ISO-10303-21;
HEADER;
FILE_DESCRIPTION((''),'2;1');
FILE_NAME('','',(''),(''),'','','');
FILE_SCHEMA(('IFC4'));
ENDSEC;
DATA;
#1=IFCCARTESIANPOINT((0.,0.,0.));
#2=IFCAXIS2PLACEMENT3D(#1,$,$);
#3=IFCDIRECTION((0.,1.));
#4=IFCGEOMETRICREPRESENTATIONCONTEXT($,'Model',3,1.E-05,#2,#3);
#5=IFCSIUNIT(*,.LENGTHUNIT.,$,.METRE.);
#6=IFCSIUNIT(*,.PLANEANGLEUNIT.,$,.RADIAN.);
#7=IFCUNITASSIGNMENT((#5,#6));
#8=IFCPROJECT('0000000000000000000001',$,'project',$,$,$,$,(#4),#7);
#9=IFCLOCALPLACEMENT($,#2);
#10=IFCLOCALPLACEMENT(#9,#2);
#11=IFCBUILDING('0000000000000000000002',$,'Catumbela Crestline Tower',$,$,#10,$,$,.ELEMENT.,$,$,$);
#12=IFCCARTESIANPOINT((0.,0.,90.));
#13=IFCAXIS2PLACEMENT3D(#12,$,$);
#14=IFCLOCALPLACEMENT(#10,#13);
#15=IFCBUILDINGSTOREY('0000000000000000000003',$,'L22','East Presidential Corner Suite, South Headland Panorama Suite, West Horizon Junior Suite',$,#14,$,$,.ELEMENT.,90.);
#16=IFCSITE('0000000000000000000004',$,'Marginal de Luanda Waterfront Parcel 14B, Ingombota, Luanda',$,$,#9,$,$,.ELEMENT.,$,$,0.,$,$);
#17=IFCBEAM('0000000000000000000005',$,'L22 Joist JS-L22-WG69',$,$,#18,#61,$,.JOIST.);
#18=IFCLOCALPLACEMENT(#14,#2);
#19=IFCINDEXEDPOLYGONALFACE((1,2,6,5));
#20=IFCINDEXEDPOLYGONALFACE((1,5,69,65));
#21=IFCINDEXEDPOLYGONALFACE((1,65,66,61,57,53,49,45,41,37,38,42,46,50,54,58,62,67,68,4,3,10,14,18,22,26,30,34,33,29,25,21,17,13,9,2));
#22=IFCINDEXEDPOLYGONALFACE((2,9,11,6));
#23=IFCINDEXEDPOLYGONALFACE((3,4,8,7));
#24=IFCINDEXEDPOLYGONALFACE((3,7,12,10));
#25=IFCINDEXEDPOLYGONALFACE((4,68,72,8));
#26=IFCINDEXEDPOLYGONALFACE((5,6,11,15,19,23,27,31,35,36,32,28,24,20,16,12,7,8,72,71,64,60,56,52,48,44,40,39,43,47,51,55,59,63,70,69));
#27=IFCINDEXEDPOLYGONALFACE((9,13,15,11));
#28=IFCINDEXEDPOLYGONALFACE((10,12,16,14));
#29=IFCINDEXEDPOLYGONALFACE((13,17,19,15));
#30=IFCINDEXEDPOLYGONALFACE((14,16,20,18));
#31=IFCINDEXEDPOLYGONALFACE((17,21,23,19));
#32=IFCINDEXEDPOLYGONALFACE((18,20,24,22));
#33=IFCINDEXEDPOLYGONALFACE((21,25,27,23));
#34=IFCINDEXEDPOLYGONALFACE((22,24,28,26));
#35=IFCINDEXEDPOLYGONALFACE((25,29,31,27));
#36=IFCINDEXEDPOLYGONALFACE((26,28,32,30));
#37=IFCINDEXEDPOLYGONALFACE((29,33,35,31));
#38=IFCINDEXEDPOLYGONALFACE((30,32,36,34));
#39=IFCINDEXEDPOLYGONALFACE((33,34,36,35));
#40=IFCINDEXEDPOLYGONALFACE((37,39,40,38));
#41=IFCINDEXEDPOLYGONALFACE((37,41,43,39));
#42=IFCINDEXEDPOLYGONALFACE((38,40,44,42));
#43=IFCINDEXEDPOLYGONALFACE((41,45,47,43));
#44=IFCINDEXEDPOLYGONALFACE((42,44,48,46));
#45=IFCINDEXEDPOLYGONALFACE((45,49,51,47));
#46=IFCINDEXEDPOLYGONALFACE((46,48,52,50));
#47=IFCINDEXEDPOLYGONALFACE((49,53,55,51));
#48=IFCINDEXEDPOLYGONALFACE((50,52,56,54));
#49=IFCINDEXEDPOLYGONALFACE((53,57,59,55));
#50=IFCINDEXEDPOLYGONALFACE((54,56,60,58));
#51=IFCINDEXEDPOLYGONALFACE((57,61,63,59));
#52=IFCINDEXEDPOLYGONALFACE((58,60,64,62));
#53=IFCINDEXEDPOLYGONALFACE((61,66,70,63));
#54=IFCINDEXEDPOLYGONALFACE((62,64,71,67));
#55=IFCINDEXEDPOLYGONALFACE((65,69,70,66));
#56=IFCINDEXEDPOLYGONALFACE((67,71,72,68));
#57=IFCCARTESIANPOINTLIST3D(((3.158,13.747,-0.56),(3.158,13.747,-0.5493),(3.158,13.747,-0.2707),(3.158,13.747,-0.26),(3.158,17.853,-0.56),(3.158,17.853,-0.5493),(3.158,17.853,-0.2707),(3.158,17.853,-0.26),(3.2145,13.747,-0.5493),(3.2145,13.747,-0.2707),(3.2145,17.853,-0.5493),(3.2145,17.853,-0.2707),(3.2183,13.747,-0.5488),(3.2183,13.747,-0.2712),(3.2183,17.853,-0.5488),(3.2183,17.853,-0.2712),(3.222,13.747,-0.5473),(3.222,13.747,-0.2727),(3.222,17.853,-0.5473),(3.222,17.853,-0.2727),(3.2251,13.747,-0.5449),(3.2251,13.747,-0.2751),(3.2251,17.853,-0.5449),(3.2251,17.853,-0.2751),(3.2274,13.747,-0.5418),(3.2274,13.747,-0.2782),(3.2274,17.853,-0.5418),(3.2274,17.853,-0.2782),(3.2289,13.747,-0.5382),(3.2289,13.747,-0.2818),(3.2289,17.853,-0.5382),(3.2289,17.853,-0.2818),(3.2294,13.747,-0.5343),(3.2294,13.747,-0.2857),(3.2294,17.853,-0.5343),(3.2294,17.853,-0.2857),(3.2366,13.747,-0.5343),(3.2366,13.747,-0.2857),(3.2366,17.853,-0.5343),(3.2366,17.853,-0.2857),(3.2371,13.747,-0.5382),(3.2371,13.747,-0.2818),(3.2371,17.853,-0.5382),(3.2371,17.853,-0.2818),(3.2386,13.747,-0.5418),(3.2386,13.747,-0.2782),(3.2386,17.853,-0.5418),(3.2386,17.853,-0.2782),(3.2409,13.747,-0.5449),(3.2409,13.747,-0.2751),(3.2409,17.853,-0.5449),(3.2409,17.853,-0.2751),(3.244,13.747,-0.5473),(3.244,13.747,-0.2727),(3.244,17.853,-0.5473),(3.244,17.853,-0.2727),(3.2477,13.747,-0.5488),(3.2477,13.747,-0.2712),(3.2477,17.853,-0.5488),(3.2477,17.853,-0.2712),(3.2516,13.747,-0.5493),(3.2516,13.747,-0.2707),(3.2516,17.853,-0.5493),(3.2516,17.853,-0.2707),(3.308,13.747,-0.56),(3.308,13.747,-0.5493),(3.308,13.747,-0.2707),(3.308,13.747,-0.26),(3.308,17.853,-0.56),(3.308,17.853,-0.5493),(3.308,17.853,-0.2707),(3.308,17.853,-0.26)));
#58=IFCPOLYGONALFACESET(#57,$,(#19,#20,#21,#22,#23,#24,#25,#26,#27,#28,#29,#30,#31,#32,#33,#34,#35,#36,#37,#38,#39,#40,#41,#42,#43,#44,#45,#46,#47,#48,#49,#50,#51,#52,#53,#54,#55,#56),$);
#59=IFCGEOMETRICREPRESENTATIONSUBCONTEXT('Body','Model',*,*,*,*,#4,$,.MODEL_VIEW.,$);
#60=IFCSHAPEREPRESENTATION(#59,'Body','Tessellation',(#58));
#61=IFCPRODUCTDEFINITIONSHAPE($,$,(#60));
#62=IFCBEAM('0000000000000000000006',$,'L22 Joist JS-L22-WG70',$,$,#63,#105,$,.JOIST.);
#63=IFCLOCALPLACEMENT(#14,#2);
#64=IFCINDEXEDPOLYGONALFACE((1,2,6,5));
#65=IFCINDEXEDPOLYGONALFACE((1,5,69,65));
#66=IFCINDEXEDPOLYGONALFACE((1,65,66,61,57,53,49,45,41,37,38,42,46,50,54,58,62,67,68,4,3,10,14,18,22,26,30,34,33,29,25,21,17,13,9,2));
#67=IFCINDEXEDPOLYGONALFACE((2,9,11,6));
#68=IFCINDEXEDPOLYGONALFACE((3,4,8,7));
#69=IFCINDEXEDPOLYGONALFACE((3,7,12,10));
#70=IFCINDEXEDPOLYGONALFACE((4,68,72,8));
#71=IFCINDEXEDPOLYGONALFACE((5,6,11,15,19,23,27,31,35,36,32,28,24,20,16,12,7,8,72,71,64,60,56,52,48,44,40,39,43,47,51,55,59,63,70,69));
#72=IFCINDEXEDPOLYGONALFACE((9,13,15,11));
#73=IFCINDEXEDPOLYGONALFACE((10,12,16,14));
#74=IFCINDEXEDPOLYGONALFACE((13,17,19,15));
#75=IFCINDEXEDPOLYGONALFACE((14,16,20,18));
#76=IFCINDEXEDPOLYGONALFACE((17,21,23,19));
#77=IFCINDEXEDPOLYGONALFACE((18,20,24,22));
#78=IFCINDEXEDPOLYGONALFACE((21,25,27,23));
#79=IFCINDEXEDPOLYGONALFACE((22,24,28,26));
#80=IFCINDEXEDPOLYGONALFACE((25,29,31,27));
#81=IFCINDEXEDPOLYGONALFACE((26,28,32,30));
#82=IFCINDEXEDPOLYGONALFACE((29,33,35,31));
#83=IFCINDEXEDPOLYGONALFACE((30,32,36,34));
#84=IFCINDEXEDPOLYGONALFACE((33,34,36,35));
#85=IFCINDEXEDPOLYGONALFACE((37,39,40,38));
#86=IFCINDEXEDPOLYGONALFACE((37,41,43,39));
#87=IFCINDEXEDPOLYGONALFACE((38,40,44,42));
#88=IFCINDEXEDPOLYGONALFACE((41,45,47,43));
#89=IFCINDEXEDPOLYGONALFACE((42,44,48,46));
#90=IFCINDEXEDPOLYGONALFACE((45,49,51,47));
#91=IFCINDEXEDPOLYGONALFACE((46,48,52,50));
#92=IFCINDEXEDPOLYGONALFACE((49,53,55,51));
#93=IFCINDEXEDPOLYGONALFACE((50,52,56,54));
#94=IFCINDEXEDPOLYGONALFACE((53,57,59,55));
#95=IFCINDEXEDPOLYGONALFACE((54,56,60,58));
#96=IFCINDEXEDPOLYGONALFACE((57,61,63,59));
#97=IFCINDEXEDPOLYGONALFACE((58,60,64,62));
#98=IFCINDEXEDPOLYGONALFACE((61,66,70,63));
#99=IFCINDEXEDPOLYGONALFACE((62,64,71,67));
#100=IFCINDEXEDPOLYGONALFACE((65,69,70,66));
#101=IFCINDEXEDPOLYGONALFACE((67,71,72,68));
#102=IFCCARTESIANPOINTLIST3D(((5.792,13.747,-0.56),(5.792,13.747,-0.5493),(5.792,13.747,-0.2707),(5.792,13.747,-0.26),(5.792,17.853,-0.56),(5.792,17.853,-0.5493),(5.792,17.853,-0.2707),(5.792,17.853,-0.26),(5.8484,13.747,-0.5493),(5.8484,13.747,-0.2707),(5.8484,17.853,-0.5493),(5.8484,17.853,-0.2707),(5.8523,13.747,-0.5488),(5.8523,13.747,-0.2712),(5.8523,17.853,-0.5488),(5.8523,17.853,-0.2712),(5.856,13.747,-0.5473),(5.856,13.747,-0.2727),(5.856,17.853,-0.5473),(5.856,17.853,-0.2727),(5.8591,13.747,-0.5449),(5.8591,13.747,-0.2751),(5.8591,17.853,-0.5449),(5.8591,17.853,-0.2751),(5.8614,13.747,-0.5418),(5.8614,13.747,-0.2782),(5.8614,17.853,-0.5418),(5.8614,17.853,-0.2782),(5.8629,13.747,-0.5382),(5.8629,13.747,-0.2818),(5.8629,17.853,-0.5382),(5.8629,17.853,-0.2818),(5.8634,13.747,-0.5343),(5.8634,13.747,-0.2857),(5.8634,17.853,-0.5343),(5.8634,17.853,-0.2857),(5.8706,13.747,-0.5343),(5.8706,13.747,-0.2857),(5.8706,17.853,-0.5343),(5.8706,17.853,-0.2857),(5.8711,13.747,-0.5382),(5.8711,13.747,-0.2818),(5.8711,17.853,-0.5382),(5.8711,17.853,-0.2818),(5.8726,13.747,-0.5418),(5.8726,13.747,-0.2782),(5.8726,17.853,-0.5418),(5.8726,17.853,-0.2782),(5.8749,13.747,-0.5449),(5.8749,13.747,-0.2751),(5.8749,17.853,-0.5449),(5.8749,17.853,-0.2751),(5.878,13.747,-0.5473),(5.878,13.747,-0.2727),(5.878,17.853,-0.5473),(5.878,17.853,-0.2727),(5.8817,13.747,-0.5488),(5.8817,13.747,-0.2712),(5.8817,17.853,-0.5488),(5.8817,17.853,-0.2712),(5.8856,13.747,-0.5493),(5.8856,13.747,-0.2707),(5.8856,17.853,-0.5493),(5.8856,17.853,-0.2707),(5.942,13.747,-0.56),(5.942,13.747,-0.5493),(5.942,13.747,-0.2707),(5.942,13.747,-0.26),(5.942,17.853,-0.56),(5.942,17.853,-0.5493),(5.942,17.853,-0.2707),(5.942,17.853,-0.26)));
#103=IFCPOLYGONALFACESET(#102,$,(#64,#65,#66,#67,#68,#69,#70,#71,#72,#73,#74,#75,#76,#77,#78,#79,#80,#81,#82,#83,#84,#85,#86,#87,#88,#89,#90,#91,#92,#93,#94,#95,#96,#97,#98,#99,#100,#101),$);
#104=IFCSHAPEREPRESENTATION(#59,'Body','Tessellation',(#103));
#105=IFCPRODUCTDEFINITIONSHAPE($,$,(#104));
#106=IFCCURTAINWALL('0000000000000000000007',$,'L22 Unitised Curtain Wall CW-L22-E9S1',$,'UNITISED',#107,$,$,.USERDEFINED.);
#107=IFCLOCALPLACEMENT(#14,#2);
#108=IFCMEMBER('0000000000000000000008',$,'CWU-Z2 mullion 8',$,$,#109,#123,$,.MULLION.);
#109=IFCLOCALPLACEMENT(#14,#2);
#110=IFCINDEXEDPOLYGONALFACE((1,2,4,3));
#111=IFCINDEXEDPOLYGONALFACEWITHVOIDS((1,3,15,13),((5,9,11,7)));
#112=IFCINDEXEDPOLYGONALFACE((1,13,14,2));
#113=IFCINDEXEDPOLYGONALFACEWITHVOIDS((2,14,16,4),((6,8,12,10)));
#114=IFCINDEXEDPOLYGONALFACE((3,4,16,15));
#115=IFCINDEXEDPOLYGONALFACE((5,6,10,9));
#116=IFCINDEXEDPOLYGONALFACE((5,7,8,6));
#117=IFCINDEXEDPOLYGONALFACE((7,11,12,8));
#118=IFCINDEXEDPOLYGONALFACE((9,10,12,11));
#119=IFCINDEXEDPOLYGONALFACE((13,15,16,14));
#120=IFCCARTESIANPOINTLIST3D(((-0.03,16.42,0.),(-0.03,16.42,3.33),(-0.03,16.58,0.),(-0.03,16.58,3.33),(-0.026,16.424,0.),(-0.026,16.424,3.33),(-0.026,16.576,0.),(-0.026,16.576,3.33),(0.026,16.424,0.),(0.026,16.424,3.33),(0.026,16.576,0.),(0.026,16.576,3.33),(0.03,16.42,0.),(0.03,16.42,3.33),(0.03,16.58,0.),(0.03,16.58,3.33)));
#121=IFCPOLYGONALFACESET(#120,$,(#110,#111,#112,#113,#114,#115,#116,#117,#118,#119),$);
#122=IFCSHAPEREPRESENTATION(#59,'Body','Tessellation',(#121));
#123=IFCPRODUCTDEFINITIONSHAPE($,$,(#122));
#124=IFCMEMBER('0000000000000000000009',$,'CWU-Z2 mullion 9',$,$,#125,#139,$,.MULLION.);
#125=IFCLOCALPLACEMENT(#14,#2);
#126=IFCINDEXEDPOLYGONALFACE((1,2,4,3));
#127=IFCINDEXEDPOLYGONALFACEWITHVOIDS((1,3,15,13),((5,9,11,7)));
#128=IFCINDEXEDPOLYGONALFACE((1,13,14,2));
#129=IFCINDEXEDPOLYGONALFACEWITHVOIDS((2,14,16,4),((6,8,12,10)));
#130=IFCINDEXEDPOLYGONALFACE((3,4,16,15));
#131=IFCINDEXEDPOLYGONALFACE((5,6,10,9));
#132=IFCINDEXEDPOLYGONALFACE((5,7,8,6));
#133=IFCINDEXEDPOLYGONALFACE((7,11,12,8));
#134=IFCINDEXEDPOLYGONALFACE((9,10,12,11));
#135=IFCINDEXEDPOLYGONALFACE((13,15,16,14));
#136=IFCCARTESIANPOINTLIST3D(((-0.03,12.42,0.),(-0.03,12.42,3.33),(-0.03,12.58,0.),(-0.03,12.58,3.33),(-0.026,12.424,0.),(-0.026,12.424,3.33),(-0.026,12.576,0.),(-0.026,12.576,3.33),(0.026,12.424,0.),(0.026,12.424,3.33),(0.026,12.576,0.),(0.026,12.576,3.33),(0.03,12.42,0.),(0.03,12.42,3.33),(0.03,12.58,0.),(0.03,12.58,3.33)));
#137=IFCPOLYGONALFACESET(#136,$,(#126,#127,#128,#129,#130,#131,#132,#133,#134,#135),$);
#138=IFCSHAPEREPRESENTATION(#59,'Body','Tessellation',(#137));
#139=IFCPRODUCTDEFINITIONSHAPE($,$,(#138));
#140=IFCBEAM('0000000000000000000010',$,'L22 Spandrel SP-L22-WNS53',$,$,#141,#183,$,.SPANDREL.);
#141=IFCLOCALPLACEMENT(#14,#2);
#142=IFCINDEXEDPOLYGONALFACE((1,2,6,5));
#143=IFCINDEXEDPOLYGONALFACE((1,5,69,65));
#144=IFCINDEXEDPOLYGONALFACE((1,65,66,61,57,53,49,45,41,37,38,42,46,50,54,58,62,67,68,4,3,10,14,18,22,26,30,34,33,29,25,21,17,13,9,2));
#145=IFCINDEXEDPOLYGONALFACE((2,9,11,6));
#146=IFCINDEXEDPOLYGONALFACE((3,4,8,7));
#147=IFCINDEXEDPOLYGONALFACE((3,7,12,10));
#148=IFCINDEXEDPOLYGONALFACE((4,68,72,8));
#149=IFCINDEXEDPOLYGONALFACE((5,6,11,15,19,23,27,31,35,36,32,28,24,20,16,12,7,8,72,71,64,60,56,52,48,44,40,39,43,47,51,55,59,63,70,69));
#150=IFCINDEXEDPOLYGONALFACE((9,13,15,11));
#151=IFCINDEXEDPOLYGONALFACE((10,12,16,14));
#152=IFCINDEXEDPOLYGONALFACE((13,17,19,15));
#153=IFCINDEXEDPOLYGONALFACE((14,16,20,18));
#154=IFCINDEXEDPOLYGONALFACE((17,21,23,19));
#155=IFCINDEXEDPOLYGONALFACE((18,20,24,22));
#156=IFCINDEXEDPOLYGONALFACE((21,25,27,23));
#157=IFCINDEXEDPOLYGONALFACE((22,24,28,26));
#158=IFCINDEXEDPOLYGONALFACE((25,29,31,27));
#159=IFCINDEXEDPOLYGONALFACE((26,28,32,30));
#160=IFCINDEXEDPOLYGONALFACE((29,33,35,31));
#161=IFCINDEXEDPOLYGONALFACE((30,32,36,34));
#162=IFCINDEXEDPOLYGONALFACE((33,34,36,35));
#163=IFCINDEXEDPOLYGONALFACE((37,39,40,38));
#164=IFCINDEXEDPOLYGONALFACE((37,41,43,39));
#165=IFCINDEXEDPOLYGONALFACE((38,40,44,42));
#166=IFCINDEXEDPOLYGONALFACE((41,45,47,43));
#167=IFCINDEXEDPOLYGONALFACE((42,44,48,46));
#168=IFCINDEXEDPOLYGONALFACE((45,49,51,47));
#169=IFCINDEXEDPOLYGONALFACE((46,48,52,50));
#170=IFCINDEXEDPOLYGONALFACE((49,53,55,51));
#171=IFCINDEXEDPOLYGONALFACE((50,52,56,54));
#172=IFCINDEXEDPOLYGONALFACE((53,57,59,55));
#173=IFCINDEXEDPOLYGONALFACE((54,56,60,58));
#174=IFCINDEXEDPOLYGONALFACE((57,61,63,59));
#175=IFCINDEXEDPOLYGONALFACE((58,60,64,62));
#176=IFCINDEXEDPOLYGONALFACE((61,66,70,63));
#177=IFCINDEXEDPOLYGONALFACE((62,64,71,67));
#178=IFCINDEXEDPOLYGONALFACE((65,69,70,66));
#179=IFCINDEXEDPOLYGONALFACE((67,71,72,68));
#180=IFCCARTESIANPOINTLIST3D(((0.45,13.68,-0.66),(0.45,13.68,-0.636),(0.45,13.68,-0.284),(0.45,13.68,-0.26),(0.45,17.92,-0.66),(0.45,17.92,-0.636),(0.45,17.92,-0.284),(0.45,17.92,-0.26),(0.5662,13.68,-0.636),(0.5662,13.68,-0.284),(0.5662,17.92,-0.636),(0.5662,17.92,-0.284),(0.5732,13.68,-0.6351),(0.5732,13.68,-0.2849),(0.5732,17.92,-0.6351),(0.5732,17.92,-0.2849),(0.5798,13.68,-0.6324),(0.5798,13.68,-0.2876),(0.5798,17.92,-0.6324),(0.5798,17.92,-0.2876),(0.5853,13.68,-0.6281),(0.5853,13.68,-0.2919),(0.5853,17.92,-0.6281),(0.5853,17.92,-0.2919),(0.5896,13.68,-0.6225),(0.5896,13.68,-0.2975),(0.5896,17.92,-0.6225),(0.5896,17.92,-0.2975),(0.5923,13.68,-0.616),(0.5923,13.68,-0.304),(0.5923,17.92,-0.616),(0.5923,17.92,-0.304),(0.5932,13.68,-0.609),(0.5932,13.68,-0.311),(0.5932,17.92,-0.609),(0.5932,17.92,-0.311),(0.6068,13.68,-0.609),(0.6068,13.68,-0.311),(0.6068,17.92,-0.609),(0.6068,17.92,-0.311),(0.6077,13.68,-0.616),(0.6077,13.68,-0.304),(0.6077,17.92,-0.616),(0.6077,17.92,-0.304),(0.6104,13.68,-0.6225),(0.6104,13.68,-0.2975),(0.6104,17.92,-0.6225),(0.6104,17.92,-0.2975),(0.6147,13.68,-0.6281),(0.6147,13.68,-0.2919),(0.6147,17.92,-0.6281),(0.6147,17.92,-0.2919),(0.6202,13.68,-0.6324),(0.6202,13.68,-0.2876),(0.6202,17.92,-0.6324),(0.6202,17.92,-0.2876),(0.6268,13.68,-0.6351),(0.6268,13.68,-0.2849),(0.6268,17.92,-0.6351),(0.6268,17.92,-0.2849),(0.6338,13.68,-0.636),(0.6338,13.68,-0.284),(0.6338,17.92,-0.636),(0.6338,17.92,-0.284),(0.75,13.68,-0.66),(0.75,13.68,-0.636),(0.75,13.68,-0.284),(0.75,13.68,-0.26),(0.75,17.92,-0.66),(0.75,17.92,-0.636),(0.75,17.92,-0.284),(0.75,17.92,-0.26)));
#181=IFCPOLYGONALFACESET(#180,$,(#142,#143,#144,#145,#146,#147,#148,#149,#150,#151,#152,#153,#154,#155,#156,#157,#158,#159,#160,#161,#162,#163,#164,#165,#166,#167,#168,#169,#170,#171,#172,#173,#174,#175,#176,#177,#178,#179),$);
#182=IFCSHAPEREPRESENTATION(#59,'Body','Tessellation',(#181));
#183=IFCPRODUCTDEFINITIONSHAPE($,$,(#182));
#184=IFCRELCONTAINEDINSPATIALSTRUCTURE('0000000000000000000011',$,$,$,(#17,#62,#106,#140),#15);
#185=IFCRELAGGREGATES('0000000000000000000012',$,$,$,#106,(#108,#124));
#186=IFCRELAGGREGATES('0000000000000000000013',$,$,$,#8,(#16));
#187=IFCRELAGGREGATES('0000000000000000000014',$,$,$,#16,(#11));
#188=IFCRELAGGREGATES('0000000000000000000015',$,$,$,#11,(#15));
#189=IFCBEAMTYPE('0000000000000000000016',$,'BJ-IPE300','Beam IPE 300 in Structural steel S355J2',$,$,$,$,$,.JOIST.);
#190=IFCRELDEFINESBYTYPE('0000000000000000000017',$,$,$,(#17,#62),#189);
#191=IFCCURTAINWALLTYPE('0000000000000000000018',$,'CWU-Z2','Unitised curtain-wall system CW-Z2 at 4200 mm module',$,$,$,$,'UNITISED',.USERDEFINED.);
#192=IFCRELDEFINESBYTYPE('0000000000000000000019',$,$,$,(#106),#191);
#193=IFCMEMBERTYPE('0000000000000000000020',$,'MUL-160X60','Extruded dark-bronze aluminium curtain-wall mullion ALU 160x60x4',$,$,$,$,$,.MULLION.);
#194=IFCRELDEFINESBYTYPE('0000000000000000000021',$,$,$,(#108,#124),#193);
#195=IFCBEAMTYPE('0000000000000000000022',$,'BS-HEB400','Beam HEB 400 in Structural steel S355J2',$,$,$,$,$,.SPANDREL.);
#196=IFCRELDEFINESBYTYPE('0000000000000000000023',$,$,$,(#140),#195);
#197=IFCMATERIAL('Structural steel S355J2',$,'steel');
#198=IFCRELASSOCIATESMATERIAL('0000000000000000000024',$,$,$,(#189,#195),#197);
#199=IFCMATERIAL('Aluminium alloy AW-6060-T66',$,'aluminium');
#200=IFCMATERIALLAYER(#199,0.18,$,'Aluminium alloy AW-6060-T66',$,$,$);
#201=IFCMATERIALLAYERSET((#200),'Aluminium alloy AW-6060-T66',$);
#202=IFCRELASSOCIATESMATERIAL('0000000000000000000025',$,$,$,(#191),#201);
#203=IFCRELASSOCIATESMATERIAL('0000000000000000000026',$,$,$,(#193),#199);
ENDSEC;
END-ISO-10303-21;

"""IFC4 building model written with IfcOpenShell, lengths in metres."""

from ifc_helpers import new_model, si_unit, direction, frame, origin, origin_2d, place, context, subcontext, project, spatial, hollow_rectangle, i_section, extrude, material, layer, layer_set, material_profile, profile_set, type_object, element, aggregate, save


model = new_model("IFC4")

# Units and contexts
model_context = context("Model", 3, precision=1e-05, world=origin(), true_north=direction((0.0, 1.0)))
body_context = subcontext(model_context, "Body", "Model", "MODEL_VIEW")
ifc_project = project(units=[si_unit("LENGTHUNIT", "METRE"), si_unit("PLANEANGLEUNIT", "RADIAN")], contexts=[model_context])

# Site, building, storey
site_placement = place(None, origin())
site = spatial("IfcSite", under=ifc_project, at=site_placement, Name="Marginal de Luanda Waterfront Parcel 14B, Ingombota, Luanda", CompositionType="ELEMENT", RefElevation=0.0)
building_placement = place(site_placement, origin())
building = spatial("IfcBuilding", under=site, at=building_placement, Name="Catumbela Crestline Tower", CompositionType="ELEMENT")
storey_placement = place(building_placement, frame((0.0, 0.0, 90.0)))
storey = spatial("IfcBuildingStorey", under=building, at=storey_placement, Name="L22", Description="East Presidential Corner Suite, South Headland Panorama Suite, West Horizon Junior Suite", CompositionType="ELEMENT", Elevation=90.0)

# Beams
ifc_material_1 = material(Name="Structural steel S355J2", Category="steel")
ifc_material_profile_1 = material_profile(ifc_material_1, i_section(OverallWidth=0.15, OverallDepth=0.3, WebThickness=0.0071, FlangeThickness=0.0107, FilletRadius=0.015, at=origin_2d()), Name="IPE 300")
ifc_profile_set_1 = profile_set([ifc_material_profile_1], Name="Structural steel S355J2")
beam_type_1 = type_object("IfcBeamType", Name="BJ-IPE300", Description="Beam IPE 300 in Structural steel S355J2", PredefinedType="JOIST", material=ifc_profile_set_1)
for number, where, z_axis, x_axis, name in (
    (1, (3.233, 13.747, -0.41), (0.0, 1.0, 0.0), (-1.0, 0.0, 0.0), "L22 Joist JS-L22-WG69"),
    (2, (5.867, 13.747, -0.41), (0.0, 1.0, 0.0), (-1.0, 0.0, 0.0), "L22 Joist JS-L22-WG70"),
):
    element("IfcBeam", number, at=place(storey_placement, frame(where, z_axis=z_axis, x_axis=x_axis)), inside=storey, type_object=beam_type_1, Name=name, PredefinedType="JOIST", context=body_context, shape_type="SweptSolid", body=[
        extrude(i_section(OverallWidth=0.15, OverallDepth=0.3, WebThickness=0.0071, FlangeThickness=0.0107, FilletRadius=0.015, at=origin_2d()), origin(), (0.0, 0.0, 1.0), 4.106),
    ])

# Curtain wall, members
ifc_material_2 = material(Name="Aluminium alloy AW-6060-T66", Category="aluminium")
ifc_layer_1 = layer(ifc_material_2, 0.18, Name="Aluminium alloy AW-6060-T66")
ifc_layer_set_1 = layer_set([ifc_layer_1], Name="Aluminium alloy AW-6060-T66")
curtain_wall_type = type_object("IfcCurtainWallType", Name="CWU-Z2", Description="Unitised curtain-wall system CW-Z2 at 4200 mm module", ElementType="UNITISED", PredefinedType="USERDEFINED", material=ifc_layer_set_1)
curtain_wall_placement = place(storey_placement, origin())
curtain_wall = element("IfcCurtainWall", 3, at=curtain_wall_placement, inside=storey, type_object=curtain_wall_type, Name="L22 Unitised Curtain Wall CW-L22-E9S1", ObjectType="UNITISED", PredefinedType="USERDEFINED")
ifc_material_profile_2 = material_profile(ifc_material_2, hollow_rectangle(XDim=0.06, YDim=0.16, WallThickness=0.004, at=origin_2d()), Name="ALU 160x60x4")
ifc_profile_set_2 = profile_set([ifc_material_profile_2], Name="Aluminium alloy AW-6060-T66")
member_type_1 = type_object("IfcMemberType", Name="MUL-160X60", Description="Extruded dark-bronze aluminium curtain-wall mullion ALU 160x60x4", PredefinedType="MULLION", material=ifc_profile_set_2)
member_1_placement = place(storey_placement, frame((0.0, 16.5, 0.0), z_axis=(0.0, 0.0, 1.0), x_axis=(1.0, 0.0, 0.0)))
member_1 = element("IfcMember", 4, at=member_1_placement, type_object=member_type_1, Name="CWU-Z2 mullion 8", PredefinedType="MULLION", context=body_context, shape_type="SweptSolid", body=[
    extrude(hollow_rectangle(XDim=0.06, YDim=0.16, WallThickness=0.004, at=origin_2d()), origin(), (0.0, 0.0, 1.0), 3.33),
])
member_2_placement = place(storey_placement, frame((0.0, 12.5, 0.0), z_axis=(0.0, 0.0, 1.0), x_axis=(1.0, 0.0, 0.0)))
member_2 = element("IfcMember", 5, at=member_2_placement, type_object=member_type_1, Name="CWU-Z2 mullion 9", PredefinedType="MULLION", context=body_context, shape_type="SweptSolid", body=[
    extrude(hollow_rectangle(XDim=0.06, YDim=0.16, WallThickness=0.004, at=origin_2d()), origin(), (0.0, 0.0, 1.0), 3.33),
])

# Beam
ifc_material_profile_3 = material_profile(ifc_material_1, i_section(OverallWidth=0.3, OverallDepth=0.4, WebThickness=0.0135, FlangeThickness=0.024, FilletRadius=0.027, at=origin_2d()), Name="HEB 400")
ifc_profile_set_3 = profile_set([ifc_material_profile_3], Name="Structural steel S355J2")
beam_type_2 = type_object("IfcBeamType", Name="BS-HEB400", Description="Beam HEB 400 in Structural steel S355J2", PredefinedType="SPANDREL", material=ifc_profile_set_3)
beam_1_placement = place(storey_placement, frame((0.6, 13.68, -0.46), z_axis=(0.0, 1.0, 0.0), x_axis=(-1.0, 0.0, 0.0)))
element("IfcBeam", 6, at=beam_1_placement, inside=storey, type_object=beam_type_2, Name="L22 Spandrel SP-L22-WNS53", PredefinedType="SPANDREL", context=body_context, shape_type="SweptSolid", body=[
    extrude(i_section(OverallWidth=0.3, OverallDepth=0.4, WebThickness=0.0135, FlangeThickness=0.024, FilletRadius=0.027, at=origin_2d()), origin(), (0.0, 0.0, 1.0), 4.24),
])

aggregate(curtain_wall, [member_1, member_2])

save(model, "model.ifc")
